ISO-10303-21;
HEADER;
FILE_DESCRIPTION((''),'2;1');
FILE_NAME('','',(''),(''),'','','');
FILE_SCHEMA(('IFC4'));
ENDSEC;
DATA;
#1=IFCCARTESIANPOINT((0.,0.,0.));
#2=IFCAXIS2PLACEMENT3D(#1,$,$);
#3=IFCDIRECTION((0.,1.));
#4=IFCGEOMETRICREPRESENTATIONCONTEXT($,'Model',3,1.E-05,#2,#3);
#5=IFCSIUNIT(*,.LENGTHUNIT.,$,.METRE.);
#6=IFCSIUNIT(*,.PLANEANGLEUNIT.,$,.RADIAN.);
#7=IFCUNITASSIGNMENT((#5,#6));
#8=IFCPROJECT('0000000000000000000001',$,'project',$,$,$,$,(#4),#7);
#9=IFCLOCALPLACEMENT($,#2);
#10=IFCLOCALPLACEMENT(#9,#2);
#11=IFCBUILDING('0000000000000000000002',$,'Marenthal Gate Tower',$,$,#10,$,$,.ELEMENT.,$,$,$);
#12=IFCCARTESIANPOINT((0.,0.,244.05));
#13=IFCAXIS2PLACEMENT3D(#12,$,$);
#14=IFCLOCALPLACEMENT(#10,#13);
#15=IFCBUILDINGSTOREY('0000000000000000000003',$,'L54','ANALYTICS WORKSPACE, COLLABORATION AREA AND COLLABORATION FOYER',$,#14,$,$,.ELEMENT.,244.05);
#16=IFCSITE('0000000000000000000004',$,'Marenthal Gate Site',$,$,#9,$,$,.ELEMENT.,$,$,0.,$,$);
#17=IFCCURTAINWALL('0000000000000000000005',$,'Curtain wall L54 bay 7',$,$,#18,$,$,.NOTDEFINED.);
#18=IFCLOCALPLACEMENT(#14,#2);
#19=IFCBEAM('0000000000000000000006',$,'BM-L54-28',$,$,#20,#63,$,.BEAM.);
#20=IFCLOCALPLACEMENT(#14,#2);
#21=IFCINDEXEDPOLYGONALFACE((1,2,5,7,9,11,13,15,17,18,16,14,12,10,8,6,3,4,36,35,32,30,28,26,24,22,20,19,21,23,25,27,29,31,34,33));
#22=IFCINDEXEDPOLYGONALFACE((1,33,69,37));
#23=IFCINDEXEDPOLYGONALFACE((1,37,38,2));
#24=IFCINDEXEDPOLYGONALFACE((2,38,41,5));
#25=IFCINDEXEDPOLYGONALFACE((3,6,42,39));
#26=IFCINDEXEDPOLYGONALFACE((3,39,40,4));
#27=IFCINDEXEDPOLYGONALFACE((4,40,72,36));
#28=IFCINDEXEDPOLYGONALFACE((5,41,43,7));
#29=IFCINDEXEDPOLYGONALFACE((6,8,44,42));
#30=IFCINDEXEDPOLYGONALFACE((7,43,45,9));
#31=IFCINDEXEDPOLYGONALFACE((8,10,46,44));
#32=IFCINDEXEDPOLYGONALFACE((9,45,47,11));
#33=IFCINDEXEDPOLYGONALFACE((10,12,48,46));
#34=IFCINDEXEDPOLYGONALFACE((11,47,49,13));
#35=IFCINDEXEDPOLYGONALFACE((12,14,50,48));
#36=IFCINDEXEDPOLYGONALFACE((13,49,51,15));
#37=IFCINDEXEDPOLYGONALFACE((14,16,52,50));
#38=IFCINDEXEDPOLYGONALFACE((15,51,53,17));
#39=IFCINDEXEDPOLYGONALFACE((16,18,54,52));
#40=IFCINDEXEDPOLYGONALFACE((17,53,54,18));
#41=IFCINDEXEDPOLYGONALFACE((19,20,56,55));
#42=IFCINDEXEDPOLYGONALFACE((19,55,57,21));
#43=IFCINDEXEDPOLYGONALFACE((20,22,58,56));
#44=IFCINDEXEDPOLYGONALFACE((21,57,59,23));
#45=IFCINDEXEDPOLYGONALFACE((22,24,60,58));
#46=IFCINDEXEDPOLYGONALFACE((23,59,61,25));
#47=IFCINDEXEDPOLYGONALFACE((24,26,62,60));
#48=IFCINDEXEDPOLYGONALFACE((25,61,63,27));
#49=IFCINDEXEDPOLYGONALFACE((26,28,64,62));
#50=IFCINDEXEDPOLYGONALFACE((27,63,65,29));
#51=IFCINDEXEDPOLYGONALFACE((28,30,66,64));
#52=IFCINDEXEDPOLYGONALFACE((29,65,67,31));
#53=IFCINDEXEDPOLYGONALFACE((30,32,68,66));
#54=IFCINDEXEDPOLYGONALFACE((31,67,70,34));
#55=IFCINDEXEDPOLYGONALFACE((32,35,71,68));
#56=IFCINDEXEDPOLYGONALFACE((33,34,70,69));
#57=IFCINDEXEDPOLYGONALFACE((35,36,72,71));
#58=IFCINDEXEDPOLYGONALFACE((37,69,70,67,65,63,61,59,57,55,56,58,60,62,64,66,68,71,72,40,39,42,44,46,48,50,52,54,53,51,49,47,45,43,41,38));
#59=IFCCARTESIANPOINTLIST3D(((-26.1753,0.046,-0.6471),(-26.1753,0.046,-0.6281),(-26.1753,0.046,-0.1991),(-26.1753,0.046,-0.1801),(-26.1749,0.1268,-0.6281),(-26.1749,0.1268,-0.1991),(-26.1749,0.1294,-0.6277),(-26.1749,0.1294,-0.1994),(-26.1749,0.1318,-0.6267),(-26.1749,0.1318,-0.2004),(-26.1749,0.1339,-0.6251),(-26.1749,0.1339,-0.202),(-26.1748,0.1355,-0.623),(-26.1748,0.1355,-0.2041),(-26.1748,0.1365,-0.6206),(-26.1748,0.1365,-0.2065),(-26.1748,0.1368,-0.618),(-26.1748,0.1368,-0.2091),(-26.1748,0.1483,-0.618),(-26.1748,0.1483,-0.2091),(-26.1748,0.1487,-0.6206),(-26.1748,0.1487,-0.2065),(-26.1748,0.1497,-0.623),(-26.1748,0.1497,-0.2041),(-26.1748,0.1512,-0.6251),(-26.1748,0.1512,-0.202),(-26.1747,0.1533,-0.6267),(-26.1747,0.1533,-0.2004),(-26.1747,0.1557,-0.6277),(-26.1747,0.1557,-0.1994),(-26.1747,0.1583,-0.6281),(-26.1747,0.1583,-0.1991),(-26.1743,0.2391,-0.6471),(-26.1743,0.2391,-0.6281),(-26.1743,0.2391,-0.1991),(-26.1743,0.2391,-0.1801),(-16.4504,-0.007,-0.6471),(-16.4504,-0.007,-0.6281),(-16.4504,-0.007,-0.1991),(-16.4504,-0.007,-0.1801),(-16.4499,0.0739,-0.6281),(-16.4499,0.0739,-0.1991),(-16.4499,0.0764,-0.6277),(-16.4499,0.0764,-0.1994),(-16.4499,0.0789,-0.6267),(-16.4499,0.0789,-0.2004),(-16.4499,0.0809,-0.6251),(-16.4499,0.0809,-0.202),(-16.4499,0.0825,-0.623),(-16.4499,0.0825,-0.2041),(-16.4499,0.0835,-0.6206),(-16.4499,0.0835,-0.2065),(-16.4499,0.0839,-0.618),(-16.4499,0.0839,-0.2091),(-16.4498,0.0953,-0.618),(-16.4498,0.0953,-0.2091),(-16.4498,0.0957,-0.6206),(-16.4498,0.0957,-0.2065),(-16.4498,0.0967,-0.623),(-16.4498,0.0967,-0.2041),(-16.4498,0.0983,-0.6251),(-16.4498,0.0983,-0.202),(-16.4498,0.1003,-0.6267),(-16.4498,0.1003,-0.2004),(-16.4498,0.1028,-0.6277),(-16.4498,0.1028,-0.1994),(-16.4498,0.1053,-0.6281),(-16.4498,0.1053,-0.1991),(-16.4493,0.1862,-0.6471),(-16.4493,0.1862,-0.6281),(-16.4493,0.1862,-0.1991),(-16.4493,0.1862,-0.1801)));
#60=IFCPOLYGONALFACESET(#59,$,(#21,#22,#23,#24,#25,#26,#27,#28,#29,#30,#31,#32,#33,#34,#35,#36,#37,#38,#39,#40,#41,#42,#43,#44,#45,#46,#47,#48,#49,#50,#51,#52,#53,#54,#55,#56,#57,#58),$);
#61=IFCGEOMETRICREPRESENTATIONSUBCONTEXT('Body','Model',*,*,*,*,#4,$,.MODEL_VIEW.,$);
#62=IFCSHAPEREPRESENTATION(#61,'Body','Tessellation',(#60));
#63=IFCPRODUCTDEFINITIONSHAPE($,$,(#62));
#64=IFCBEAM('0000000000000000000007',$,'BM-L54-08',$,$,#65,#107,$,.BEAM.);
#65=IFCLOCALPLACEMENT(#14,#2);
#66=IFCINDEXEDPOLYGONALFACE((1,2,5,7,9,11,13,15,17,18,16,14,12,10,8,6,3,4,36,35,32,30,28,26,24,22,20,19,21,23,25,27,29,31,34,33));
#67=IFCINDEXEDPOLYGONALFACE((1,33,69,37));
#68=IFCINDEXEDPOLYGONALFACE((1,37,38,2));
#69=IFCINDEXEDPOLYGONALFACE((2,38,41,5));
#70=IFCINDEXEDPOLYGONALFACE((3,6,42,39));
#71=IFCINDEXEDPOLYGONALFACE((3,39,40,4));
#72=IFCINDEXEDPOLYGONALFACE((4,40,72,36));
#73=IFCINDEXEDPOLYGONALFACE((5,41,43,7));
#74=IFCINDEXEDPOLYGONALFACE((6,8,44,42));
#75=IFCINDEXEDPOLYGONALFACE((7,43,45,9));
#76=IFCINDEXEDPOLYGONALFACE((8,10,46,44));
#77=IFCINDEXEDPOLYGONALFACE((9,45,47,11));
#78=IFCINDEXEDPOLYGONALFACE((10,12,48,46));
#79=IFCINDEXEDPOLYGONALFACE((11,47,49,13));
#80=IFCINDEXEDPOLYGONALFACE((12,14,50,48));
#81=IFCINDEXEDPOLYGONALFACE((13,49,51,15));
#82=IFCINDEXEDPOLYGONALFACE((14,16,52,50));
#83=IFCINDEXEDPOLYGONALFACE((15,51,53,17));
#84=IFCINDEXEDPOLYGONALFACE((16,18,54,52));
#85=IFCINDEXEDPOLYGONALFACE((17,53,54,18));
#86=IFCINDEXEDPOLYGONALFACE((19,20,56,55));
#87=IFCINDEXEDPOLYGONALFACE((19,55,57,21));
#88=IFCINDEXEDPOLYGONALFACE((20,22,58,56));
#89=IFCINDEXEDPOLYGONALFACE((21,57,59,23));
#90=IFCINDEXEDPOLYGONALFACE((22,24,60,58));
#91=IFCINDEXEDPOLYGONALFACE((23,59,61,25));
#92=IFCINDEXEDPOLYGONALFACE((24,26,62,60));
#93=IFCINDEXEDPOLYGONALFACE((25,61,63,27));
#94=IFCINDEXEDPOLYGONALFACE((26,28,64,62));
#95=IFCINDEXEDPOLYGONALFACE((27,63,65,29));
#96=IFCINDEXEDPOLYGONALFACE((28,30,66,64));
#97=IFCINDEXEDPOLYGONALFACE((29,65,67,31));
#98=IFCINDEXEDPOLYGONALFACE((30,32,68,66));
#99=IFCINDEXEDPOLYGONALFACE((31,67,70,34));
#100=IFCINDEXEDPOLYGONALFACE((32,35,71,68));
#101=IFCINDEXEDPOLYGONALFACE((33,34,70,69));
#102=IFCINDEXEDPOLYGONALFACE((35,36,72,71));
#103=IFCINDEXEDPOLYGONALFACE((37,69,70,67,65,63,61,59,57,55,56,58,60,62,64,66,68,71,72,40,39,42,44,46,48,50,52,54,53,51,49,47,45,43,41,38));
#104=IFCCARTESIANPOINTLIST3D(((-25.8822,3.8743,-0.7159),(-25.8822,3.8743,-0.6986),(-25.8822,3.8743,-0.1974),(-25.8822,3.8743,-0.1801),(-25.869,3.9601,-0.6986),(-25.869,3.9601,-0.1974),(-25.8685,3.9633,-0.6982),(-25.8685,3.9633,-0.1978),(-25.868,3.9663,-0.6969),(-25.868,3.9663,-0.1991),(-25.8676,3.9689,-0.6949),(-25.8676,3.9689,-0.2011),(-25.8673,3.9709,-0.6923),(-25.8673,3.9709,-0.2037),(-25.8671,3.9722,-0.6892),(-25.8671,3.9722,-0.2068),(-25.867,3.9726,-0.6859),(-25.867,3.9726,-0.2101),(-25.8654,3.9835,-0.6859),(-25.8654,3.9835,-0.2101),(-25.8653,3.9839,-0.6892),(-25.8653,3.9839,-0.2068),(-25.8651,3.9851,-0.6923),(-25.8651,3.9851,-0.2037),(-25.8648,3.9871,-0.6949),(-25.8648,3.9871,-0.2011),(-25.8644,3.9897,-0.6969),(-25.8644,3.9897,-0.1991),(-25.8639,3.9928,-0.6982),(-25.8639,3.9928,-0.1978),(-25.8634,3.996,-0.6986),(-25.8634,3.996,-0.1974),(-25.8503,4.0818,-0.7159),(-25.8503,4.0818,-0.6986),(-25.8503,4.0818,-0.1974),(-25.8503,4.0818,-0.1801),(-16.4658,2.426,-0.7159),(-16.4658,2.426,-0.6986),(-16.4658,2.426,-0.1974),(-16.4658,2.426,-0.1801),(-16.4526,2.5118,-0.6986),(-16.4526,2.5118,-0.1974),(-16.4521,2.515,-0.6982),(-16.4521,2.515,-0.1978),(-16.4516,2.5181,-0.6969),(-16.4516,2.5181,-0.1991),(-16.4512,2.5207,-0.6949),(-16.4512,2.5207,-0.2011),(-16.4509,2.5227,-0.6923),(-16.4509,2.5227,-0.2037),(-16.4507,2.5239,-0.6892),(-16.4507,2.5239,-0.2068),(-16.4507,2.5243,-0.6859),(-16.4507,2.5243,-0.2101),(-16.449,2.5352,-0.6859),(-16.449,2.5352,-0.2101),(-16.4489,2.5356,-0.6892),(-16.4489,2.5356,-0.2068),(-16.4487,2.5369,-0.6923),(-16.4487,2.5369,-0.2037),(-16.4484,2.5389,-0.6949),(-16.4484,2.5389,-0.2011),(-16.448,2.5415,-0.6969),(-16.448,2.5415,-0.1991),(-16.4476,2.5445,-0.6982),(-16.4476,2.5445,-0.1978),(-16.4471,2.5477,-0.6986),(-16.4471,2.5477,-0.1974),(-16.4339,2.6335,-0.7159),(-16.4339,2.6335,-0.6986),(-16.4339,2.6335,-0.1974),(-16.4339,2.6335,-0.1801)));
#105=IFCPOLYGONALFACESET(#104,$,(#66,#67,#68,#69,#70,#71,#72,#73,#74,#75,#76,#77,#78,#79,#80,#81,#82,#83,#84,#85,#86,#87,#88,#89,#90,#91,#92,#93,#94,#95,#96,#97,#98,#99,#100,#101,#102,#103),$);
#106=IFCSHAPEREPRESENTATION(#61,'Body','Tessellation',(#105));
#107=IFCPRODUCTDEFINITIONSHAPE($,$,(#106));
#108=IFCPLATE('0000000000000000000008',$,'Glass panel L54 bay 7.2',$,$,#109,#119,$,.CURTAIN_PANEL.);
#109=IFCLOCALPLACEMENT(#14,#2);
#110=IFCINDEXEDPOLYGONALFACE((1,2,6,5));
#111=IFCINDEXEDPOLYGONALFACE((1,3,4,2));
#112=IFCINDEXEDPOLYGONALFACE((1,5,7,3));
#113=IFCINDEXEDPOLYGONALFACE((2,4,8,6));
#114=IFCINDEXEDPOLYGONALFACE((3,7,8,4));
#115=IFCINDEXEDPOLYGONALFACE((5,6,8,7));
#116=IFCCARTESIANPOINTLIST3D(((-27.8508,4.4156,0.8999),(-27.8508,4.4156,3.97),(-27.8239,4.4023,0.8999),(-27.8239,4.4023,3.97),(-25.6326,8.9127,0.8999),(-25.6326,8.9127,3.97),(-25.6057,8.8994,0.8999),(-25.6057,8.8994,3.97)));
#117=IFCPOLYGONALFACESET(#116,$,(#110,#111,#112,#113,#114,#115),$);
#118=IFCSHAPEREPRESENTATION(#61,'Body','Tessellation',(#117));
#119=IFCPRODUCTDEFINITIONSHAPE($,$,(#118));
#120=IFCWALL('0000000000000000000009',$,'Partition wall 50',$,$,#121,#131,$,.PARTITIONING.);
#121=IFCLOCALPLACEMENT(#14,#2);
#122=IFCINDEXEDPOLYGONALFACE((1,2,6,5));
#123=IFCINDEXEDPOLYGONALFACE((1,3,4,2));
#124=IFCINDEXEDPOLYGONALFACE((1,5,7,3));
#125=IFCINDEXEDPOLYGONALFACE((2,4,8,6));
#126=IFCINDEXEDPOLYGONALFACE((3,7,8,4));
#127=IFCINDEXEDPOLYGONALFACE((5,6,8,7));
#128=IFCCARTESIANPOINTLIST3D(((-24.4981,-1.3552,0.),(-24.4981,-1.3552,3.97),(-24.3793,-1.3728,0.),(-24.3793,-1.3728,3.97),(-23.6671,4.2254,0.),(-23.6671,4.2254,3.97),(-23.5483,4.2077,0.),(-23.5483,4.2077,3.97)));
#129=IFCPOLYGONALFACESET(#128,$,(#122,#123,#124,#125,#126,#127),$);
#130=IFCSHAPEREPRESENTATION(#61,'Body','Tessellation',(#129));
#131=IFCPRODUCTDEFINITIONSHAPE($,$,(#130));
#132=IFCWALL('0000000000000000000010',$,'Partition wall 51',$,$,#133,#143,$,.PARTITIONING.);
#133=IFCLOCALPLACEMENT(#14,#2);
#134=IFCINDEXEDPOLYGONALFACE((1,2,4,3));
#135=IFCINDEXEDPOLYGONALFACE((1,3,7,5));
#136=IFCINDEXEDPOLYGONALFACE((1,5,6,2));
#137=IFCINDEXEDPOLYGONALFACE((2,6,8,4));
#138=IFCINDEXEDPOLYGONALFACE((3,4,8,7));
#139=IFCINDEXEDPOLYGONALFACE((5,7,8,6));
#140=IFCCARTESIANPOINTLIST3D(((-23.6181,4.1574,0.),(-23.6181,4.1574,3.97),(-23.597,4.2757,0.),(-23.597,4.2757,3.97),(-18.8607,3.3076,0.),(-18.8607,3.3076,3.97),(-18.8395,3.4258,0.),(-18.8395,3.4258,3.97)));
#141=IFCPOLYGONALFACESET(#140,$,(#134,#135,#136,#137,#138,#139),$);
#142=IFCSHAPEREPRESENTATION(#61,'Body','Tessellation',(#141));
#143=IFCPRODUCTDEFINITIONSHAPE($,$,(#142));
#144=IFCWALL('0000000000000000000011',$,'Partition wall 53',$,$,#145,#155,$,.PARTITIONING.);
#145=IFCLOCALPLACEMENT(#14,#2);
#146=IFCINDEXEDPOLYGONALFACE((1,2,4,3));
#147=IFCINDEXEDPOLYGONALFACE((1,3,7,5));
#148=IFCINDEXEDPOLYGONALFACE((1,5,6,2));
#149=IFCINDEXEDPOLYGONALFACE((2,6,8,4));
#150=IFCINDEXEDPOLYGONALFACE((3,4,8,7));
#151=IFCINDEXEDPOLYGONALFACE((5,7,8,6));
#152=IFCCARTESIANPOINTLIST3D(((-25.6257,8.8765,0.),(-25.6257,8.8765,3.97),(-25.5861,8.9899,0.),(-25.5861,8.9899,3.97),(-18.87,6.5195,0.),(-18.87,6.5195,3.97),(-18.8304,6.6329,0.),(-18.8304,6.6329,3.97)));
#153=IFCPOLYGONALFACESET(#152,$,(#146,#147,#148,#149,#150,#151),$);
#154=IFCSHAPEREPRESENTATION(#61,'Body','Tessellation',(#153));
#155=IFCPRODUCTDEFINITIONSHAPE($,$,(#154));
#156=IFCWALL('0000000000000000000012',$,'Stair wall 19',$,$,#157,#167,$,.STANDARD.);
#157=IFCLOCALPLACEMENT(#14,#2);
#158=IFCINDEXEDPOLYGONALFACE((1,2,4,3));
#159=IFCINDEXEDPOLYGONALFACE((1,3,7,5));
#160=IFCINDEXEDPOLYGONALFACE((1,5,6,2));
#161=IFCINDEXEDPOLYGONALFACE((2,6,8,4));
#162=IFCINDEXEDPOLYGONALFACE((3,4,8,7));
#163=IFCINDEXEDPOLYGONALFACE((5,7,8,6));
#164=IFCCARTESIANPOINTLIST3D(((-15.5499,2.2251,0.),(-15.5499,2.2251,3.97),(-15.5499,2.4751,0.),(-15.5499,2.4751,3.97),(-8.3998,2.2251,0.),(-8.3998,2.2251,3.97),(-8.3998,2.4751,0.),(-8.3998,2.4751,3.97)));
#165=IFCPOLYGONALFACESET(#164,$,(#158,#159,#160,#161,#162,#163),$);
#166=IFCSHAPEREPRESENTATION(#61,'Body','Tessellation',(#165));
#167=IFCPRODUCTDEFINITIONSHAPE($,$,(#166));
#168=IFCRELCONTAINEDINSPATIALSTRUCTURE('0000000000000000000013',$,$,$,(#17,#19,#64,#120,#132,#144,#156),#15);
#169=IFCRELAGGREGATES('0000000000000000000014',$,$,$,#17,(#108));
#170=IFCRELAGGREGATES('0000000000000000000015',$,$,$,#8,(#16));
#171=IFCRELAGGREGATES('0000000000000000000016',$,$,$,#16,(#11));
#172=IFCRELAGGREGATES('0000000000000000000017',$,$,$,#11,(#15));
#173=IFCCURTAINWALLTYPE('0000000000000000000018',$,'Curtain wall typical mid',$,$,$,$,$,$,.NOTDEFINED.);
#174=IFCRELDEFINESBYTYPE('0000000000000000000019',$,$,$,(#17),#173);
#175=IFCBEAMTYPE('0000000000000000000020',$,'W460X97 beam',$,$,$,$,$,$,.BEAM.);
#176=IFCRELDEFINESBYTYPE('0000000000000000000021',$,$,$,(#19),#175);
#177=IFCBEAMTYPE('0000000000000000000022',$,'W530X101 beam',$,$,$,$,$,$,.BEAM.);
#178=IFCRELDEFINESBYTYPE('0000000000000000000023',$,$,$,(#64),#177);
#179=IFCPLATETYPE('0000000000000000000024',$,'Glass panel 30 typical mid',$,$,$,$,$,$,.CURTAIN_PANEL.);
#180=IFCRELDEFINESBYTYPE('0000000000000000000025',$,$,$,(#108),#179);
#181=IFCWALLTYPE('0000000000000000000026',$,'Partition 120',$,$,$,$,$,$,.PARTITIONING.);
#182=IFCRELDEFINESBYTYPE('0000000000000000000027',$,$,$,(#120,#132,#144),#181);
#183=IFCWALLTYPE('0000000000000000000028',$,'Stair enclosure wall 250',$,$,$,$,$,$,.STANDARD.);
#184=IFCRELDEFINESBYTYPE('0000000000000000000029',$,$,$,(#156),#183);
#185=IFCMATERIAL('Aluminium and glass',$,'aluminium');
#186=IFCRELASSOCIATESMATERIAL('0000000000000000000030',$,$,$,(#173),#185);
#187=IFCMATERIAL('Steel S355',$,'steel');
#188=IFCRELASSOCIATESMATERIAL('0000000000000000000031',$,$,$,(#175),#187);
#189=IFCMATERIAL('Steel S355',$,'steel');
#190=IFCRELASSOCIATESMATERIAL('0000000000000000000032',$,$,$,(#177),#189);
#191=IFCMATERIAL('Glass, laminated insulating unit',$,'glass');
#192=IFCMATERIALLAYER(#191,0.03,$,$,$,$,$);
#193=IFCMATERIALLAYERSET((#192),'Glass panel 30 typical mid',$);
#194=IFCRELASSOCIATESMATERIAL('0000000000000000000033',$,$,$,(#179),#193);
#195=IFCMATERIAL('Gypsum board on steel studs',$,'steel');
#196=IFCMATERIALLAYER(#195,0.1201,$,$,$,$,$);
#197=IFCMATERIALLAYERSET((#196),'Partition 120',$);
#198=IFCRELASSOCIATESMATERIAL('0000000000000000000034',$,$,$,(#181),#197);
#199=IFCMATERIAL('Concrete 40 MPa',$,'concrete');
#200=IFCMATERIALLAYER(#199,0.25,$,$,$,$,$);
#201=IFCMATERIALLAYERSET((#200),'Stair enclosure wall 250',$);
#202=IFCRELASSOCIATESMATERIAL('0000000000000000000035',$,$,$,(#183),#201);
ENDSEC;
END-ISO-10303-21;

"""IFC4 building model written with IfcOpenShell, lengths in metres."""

from ifc_helpers import new_model, si_unit, direction, frame, frame_2d, origin, origin_2d, place, context, subcontext, project, spatial, rectangle, i_section, extrude, material, layer, layer_set, material_profile, profile_set, type_object, element, aggregate, save


model = new_model("IFC4")

# Units and contexts
model_context = context("Model", 3, precision=1e-05, world=origin(), true_north=direction((0.0, 1.0)))
body_context = subcontext(model_context, "Body", "Model", "MODEL_VIEW")
ifc_project = project(units=[si_unit("LENGTHUNIT", "METRE"), si_unit("PLANEANGLEUNIT", "RADIAN")], contexts=[model_context])

# Site, building, storey
site_placement = place(None, origin())
site = spatial("IfcSite", under=ifc_project, at=site_placement, Name="Marenthal Gate Site", CompositionType="ELEMENT", RefElevation=0.0)
building_placement = place(site_placement, origin())
building = spatial("IfcBuilding", under=site, at=building_placement, Name="Marenthal Gate Tower", CompositionType="ELEMENT")
storey_placement = place(building_placement, frame((0.0, 0.0, 244.05)))
storey = spatial("IfcBuildingStorey", under=building, at=storey_placement, Name="L54", Description="ANALYTICS WORKSPACE, COLLABORATION AREA AND COLLABORATION FOYER", CompositionType="ELEMENT", Elevation=244.05)

# Curtain wall
ifc_material_1 = material(Name="Aluminium and glass", Category="aluminium")
curtain_wall_type = type_object("IfcCurtainWallType", Name="Curtain wall typical mid", PredefinedType="NOTDEFINED", material=ifc_material_1)
curtain_wall_placement = place(storey_placement, origin())
curtain_wall = element("IfcCurtainWall", 1, at=curtain_wall_placement, inside=storey, type_object=curtain_wall_type, Name="Curtain wall L54 bay 7", PredefinedType="NOTDEFINED")

# Beams
ifc_material_2 = material(Name="Steel S355", Category="steel")
ifc_material_profile_1 = material_profile(ifc_material_2, i_section(OverallWidth=0.1931, OverallDepth=0.467, WebThickness=0.0115, FlangeThickness=0.019, FilletRadius=0.01, at=origin_2d()), Name="W460X97")
ifc_profile_set_1 = profile_set([ifc_material_profile_1], Name="Steel S355")
beam_type_1 = type_object("IfcBeamType", Name="W460X97 beam", PredefinedType="BEAM", material=ifc_profile_set_1)
beam_1_placement = place(storey_placement, frame((-26.1748, 0.1426, -0.4136), z_axis=(0.999985, -0.005448, 0.0), x_axis=(0.005448, 0.999985, 0.0)))
element("IfcBeam", 2, at=beam_1_placement, inside=storey, type_object=beam_type_1, Name="BM-L54-28", PredefinedType="BEAM", context=body_context, shape_type="SweptSolid", body=[
    extrude(i_section(OverallWidth=0.1931, OverallDepth=0.467, WebThickness=0.0115, FlangeThickness=0.019, FilletRadius=0.01, at=origin_2d()), origin(), (0.0, 0.0, 1.0), 9.7251),
])
ifc_material_3 = material(Name="Steel S355", Category="steel")
ifc_material_profile_2 = material_profile(ifc_material_3, i_section(OverallWidth=0.21, OverallDepth=0.5359, WebThickness=0.011, FlangeThickness=0.0173, FilletRadius=0.0127, at=origin_2d()), Name="W530X101")
ifc_profile_set_2 = profile_set([ifc_material_profile_2], Name="Steel S355")
beam_type_2 = type_object("IfcBeamType", Name="W530X101 beam", PredefinedType="BEAM", material=ifc_profile_set_2)
beam_2_placement = place(storey_placement, frame((-25.8662, 3.978, -0.448), z_axis=(0.988378, -0.152015, 0.0), x_axis=(0.152015, 0.988378, 0.0)))
element("IfcBeam", 3, at=beam_2_placement, inside=storey, type_object=beam_type_2, Name="BM-L54-08", PredefinedType="BEAM", context=body_context, shape_type="SweptSolid", body=[
    extrude(i_section(OverallWidth=0.21, OverallDepth=0.5359, WebThickness=0.011, FlangeThickness=0.0173, FilletRadius=0.0127, at=origin_2d()), origin(), (0.0, 0.0, 1.0), 9.5271),
])

# Plate
ifc_material_4 = material(Name="Glass, laminated insulating unit", Category="glass")
ifc_layer_1 = layer(ifc_material_4, 0.03)
ifc_layer_set_1 = layer_set([ifc_layer_1], Name="Glass panel 30 typical mid")
plate_type = type_object("IfcPlateType", Name="Glass panel 30 typical mid", PredefinedType="CURTAIN_PANEL", material=ifc_layer_set_1)
plate_placement = place(storey_placement, frame((-26.7283, 6.6575, 0.8999), z_axis=(0.0, 0.0, 1.0), x_axis=(-0.442364, -0.896835, 0.0)))
plate = element("IfcPlate", 4, at=plate_placement, type_object=plate_type, Name="Glass panel L54 bay 7.2", PredefinedType="CURTAIN_PANEL", context=body_context, shape_type="SweptSolid", body=[
    extrude(rectangle(XDim=5.0144, YDim=0.03, at=origin_2d()), origin(), (0.0, 0.0, 1.0), 3.0701),
])
aggregate(curtain_wall, [plate])

# Walls
ifc_material_5 = material(Name="Gypsum board on steel studs", Category="steel")
ifc_layer_2 = layer(ifc_material_5, 0.1201)
ifc_layer_set_2 = layer_set([ifc_layer_2], Name="Partition 120")
wall_type_1 = type_object("IfcWallType", Name="Partition 120", PredefinedType="PARTITIONING", material=ifc_layer_set_2)
wall_1_placement = place(storey_placement, frame((-23.6077, 4.2166, 0.0), z_axis=(0.0, 0.0, 1.0), x_axis=(-0.147295, -0.989093, 0.0)))
element("IfcWall", 5, at=wall_1_placement, inside=storey, type_object=wall_type_1, Name="Partition wall 50", PredefinedType="PARTITIONING", context=body_context, shape_type="SweptSolid", body=[
    extrude(rectangle(XDim=5.6421, YDim=0.1201, at=frame_2d((2.821, 0.0))), origin(), (0.0, 0.0, 1.0), 3.97),
])
wall_2_placement = place(storey_placement, frame((-23.6077, 4.2166, 0.0), z_axis=(0.0, 0.0, 1.0), x_axis=(0.984417, -0.175848, 0.0)))
element("IfcWall", 6, at=wall_2_placement, inside=storey, type_object=wall_type_1, Name="Partition wall 51", PredefinedType="PARTITIONING", context=body_context, shape_type="SweptSolid", body=[
    extrude(rectangle(XDim=4.8328, YDim=0.1201, at=frame_2d((2.4165, 0.0))), origin(), (0.0, 0.0, 1.0), 3.97),
])
wall_3_placement = place(storey_placement, frame((-18.8501, 6.5762, 0.0), z_axis=(0.0, 0.0, 1.0), x_axis=(-0.944186, 0.329412, 0.0)))
element("IfcWall", 7, at=wall_3_placement, inside=storey, type_object=wall_type_1, Name="Partition wall 53", PredefinedType="PARTITIONING", context=body_context, shape_type="SweptSolid", body=[
    extrude(rectangle(XDim=7.155, YDim=0.1201, at=frame_2d((3.5776, 0.0))), origin(), (0.0, 0.0, 1.0), 3.97),
])
ifc_material_6 = material(Name="Concrete 40 MPa", Category="concrete")
ifc_layer_3 = layer(ifc_material_6, 0.25)
ifc_layer_set_3 = layer_set([ifc_layer_3], Name="Stair enclosure wall 250")
wall_type_2 = type_object("IfcWallType", Name="Stair enclosure wall 250", PredefinedType="STANDARD", material=ifc_layer_set_3)
wall_4_placement = place(storey_placement, frame((-15.55, 2.3501, 0.0), z_axis=(0.0, 0.0, 1.0), x_axis=(1.0, 0.0, 0.0)))
element("IfcWall", 8, at=wall_4_placement, inside=storey, type_object=wall_type_2, Name="Stair wall 19", PredefinedType="STANDARD", context=body_context, shape_type="SweptSolid", body=[
    extrude(rectangle(XDim=7.1501, YDim=0.25, at=frame_2d((3.5752, 0.0))), origin(), (0.0, 0.0, 1.0), 3.97),
])

save(model, "model.ifc")
